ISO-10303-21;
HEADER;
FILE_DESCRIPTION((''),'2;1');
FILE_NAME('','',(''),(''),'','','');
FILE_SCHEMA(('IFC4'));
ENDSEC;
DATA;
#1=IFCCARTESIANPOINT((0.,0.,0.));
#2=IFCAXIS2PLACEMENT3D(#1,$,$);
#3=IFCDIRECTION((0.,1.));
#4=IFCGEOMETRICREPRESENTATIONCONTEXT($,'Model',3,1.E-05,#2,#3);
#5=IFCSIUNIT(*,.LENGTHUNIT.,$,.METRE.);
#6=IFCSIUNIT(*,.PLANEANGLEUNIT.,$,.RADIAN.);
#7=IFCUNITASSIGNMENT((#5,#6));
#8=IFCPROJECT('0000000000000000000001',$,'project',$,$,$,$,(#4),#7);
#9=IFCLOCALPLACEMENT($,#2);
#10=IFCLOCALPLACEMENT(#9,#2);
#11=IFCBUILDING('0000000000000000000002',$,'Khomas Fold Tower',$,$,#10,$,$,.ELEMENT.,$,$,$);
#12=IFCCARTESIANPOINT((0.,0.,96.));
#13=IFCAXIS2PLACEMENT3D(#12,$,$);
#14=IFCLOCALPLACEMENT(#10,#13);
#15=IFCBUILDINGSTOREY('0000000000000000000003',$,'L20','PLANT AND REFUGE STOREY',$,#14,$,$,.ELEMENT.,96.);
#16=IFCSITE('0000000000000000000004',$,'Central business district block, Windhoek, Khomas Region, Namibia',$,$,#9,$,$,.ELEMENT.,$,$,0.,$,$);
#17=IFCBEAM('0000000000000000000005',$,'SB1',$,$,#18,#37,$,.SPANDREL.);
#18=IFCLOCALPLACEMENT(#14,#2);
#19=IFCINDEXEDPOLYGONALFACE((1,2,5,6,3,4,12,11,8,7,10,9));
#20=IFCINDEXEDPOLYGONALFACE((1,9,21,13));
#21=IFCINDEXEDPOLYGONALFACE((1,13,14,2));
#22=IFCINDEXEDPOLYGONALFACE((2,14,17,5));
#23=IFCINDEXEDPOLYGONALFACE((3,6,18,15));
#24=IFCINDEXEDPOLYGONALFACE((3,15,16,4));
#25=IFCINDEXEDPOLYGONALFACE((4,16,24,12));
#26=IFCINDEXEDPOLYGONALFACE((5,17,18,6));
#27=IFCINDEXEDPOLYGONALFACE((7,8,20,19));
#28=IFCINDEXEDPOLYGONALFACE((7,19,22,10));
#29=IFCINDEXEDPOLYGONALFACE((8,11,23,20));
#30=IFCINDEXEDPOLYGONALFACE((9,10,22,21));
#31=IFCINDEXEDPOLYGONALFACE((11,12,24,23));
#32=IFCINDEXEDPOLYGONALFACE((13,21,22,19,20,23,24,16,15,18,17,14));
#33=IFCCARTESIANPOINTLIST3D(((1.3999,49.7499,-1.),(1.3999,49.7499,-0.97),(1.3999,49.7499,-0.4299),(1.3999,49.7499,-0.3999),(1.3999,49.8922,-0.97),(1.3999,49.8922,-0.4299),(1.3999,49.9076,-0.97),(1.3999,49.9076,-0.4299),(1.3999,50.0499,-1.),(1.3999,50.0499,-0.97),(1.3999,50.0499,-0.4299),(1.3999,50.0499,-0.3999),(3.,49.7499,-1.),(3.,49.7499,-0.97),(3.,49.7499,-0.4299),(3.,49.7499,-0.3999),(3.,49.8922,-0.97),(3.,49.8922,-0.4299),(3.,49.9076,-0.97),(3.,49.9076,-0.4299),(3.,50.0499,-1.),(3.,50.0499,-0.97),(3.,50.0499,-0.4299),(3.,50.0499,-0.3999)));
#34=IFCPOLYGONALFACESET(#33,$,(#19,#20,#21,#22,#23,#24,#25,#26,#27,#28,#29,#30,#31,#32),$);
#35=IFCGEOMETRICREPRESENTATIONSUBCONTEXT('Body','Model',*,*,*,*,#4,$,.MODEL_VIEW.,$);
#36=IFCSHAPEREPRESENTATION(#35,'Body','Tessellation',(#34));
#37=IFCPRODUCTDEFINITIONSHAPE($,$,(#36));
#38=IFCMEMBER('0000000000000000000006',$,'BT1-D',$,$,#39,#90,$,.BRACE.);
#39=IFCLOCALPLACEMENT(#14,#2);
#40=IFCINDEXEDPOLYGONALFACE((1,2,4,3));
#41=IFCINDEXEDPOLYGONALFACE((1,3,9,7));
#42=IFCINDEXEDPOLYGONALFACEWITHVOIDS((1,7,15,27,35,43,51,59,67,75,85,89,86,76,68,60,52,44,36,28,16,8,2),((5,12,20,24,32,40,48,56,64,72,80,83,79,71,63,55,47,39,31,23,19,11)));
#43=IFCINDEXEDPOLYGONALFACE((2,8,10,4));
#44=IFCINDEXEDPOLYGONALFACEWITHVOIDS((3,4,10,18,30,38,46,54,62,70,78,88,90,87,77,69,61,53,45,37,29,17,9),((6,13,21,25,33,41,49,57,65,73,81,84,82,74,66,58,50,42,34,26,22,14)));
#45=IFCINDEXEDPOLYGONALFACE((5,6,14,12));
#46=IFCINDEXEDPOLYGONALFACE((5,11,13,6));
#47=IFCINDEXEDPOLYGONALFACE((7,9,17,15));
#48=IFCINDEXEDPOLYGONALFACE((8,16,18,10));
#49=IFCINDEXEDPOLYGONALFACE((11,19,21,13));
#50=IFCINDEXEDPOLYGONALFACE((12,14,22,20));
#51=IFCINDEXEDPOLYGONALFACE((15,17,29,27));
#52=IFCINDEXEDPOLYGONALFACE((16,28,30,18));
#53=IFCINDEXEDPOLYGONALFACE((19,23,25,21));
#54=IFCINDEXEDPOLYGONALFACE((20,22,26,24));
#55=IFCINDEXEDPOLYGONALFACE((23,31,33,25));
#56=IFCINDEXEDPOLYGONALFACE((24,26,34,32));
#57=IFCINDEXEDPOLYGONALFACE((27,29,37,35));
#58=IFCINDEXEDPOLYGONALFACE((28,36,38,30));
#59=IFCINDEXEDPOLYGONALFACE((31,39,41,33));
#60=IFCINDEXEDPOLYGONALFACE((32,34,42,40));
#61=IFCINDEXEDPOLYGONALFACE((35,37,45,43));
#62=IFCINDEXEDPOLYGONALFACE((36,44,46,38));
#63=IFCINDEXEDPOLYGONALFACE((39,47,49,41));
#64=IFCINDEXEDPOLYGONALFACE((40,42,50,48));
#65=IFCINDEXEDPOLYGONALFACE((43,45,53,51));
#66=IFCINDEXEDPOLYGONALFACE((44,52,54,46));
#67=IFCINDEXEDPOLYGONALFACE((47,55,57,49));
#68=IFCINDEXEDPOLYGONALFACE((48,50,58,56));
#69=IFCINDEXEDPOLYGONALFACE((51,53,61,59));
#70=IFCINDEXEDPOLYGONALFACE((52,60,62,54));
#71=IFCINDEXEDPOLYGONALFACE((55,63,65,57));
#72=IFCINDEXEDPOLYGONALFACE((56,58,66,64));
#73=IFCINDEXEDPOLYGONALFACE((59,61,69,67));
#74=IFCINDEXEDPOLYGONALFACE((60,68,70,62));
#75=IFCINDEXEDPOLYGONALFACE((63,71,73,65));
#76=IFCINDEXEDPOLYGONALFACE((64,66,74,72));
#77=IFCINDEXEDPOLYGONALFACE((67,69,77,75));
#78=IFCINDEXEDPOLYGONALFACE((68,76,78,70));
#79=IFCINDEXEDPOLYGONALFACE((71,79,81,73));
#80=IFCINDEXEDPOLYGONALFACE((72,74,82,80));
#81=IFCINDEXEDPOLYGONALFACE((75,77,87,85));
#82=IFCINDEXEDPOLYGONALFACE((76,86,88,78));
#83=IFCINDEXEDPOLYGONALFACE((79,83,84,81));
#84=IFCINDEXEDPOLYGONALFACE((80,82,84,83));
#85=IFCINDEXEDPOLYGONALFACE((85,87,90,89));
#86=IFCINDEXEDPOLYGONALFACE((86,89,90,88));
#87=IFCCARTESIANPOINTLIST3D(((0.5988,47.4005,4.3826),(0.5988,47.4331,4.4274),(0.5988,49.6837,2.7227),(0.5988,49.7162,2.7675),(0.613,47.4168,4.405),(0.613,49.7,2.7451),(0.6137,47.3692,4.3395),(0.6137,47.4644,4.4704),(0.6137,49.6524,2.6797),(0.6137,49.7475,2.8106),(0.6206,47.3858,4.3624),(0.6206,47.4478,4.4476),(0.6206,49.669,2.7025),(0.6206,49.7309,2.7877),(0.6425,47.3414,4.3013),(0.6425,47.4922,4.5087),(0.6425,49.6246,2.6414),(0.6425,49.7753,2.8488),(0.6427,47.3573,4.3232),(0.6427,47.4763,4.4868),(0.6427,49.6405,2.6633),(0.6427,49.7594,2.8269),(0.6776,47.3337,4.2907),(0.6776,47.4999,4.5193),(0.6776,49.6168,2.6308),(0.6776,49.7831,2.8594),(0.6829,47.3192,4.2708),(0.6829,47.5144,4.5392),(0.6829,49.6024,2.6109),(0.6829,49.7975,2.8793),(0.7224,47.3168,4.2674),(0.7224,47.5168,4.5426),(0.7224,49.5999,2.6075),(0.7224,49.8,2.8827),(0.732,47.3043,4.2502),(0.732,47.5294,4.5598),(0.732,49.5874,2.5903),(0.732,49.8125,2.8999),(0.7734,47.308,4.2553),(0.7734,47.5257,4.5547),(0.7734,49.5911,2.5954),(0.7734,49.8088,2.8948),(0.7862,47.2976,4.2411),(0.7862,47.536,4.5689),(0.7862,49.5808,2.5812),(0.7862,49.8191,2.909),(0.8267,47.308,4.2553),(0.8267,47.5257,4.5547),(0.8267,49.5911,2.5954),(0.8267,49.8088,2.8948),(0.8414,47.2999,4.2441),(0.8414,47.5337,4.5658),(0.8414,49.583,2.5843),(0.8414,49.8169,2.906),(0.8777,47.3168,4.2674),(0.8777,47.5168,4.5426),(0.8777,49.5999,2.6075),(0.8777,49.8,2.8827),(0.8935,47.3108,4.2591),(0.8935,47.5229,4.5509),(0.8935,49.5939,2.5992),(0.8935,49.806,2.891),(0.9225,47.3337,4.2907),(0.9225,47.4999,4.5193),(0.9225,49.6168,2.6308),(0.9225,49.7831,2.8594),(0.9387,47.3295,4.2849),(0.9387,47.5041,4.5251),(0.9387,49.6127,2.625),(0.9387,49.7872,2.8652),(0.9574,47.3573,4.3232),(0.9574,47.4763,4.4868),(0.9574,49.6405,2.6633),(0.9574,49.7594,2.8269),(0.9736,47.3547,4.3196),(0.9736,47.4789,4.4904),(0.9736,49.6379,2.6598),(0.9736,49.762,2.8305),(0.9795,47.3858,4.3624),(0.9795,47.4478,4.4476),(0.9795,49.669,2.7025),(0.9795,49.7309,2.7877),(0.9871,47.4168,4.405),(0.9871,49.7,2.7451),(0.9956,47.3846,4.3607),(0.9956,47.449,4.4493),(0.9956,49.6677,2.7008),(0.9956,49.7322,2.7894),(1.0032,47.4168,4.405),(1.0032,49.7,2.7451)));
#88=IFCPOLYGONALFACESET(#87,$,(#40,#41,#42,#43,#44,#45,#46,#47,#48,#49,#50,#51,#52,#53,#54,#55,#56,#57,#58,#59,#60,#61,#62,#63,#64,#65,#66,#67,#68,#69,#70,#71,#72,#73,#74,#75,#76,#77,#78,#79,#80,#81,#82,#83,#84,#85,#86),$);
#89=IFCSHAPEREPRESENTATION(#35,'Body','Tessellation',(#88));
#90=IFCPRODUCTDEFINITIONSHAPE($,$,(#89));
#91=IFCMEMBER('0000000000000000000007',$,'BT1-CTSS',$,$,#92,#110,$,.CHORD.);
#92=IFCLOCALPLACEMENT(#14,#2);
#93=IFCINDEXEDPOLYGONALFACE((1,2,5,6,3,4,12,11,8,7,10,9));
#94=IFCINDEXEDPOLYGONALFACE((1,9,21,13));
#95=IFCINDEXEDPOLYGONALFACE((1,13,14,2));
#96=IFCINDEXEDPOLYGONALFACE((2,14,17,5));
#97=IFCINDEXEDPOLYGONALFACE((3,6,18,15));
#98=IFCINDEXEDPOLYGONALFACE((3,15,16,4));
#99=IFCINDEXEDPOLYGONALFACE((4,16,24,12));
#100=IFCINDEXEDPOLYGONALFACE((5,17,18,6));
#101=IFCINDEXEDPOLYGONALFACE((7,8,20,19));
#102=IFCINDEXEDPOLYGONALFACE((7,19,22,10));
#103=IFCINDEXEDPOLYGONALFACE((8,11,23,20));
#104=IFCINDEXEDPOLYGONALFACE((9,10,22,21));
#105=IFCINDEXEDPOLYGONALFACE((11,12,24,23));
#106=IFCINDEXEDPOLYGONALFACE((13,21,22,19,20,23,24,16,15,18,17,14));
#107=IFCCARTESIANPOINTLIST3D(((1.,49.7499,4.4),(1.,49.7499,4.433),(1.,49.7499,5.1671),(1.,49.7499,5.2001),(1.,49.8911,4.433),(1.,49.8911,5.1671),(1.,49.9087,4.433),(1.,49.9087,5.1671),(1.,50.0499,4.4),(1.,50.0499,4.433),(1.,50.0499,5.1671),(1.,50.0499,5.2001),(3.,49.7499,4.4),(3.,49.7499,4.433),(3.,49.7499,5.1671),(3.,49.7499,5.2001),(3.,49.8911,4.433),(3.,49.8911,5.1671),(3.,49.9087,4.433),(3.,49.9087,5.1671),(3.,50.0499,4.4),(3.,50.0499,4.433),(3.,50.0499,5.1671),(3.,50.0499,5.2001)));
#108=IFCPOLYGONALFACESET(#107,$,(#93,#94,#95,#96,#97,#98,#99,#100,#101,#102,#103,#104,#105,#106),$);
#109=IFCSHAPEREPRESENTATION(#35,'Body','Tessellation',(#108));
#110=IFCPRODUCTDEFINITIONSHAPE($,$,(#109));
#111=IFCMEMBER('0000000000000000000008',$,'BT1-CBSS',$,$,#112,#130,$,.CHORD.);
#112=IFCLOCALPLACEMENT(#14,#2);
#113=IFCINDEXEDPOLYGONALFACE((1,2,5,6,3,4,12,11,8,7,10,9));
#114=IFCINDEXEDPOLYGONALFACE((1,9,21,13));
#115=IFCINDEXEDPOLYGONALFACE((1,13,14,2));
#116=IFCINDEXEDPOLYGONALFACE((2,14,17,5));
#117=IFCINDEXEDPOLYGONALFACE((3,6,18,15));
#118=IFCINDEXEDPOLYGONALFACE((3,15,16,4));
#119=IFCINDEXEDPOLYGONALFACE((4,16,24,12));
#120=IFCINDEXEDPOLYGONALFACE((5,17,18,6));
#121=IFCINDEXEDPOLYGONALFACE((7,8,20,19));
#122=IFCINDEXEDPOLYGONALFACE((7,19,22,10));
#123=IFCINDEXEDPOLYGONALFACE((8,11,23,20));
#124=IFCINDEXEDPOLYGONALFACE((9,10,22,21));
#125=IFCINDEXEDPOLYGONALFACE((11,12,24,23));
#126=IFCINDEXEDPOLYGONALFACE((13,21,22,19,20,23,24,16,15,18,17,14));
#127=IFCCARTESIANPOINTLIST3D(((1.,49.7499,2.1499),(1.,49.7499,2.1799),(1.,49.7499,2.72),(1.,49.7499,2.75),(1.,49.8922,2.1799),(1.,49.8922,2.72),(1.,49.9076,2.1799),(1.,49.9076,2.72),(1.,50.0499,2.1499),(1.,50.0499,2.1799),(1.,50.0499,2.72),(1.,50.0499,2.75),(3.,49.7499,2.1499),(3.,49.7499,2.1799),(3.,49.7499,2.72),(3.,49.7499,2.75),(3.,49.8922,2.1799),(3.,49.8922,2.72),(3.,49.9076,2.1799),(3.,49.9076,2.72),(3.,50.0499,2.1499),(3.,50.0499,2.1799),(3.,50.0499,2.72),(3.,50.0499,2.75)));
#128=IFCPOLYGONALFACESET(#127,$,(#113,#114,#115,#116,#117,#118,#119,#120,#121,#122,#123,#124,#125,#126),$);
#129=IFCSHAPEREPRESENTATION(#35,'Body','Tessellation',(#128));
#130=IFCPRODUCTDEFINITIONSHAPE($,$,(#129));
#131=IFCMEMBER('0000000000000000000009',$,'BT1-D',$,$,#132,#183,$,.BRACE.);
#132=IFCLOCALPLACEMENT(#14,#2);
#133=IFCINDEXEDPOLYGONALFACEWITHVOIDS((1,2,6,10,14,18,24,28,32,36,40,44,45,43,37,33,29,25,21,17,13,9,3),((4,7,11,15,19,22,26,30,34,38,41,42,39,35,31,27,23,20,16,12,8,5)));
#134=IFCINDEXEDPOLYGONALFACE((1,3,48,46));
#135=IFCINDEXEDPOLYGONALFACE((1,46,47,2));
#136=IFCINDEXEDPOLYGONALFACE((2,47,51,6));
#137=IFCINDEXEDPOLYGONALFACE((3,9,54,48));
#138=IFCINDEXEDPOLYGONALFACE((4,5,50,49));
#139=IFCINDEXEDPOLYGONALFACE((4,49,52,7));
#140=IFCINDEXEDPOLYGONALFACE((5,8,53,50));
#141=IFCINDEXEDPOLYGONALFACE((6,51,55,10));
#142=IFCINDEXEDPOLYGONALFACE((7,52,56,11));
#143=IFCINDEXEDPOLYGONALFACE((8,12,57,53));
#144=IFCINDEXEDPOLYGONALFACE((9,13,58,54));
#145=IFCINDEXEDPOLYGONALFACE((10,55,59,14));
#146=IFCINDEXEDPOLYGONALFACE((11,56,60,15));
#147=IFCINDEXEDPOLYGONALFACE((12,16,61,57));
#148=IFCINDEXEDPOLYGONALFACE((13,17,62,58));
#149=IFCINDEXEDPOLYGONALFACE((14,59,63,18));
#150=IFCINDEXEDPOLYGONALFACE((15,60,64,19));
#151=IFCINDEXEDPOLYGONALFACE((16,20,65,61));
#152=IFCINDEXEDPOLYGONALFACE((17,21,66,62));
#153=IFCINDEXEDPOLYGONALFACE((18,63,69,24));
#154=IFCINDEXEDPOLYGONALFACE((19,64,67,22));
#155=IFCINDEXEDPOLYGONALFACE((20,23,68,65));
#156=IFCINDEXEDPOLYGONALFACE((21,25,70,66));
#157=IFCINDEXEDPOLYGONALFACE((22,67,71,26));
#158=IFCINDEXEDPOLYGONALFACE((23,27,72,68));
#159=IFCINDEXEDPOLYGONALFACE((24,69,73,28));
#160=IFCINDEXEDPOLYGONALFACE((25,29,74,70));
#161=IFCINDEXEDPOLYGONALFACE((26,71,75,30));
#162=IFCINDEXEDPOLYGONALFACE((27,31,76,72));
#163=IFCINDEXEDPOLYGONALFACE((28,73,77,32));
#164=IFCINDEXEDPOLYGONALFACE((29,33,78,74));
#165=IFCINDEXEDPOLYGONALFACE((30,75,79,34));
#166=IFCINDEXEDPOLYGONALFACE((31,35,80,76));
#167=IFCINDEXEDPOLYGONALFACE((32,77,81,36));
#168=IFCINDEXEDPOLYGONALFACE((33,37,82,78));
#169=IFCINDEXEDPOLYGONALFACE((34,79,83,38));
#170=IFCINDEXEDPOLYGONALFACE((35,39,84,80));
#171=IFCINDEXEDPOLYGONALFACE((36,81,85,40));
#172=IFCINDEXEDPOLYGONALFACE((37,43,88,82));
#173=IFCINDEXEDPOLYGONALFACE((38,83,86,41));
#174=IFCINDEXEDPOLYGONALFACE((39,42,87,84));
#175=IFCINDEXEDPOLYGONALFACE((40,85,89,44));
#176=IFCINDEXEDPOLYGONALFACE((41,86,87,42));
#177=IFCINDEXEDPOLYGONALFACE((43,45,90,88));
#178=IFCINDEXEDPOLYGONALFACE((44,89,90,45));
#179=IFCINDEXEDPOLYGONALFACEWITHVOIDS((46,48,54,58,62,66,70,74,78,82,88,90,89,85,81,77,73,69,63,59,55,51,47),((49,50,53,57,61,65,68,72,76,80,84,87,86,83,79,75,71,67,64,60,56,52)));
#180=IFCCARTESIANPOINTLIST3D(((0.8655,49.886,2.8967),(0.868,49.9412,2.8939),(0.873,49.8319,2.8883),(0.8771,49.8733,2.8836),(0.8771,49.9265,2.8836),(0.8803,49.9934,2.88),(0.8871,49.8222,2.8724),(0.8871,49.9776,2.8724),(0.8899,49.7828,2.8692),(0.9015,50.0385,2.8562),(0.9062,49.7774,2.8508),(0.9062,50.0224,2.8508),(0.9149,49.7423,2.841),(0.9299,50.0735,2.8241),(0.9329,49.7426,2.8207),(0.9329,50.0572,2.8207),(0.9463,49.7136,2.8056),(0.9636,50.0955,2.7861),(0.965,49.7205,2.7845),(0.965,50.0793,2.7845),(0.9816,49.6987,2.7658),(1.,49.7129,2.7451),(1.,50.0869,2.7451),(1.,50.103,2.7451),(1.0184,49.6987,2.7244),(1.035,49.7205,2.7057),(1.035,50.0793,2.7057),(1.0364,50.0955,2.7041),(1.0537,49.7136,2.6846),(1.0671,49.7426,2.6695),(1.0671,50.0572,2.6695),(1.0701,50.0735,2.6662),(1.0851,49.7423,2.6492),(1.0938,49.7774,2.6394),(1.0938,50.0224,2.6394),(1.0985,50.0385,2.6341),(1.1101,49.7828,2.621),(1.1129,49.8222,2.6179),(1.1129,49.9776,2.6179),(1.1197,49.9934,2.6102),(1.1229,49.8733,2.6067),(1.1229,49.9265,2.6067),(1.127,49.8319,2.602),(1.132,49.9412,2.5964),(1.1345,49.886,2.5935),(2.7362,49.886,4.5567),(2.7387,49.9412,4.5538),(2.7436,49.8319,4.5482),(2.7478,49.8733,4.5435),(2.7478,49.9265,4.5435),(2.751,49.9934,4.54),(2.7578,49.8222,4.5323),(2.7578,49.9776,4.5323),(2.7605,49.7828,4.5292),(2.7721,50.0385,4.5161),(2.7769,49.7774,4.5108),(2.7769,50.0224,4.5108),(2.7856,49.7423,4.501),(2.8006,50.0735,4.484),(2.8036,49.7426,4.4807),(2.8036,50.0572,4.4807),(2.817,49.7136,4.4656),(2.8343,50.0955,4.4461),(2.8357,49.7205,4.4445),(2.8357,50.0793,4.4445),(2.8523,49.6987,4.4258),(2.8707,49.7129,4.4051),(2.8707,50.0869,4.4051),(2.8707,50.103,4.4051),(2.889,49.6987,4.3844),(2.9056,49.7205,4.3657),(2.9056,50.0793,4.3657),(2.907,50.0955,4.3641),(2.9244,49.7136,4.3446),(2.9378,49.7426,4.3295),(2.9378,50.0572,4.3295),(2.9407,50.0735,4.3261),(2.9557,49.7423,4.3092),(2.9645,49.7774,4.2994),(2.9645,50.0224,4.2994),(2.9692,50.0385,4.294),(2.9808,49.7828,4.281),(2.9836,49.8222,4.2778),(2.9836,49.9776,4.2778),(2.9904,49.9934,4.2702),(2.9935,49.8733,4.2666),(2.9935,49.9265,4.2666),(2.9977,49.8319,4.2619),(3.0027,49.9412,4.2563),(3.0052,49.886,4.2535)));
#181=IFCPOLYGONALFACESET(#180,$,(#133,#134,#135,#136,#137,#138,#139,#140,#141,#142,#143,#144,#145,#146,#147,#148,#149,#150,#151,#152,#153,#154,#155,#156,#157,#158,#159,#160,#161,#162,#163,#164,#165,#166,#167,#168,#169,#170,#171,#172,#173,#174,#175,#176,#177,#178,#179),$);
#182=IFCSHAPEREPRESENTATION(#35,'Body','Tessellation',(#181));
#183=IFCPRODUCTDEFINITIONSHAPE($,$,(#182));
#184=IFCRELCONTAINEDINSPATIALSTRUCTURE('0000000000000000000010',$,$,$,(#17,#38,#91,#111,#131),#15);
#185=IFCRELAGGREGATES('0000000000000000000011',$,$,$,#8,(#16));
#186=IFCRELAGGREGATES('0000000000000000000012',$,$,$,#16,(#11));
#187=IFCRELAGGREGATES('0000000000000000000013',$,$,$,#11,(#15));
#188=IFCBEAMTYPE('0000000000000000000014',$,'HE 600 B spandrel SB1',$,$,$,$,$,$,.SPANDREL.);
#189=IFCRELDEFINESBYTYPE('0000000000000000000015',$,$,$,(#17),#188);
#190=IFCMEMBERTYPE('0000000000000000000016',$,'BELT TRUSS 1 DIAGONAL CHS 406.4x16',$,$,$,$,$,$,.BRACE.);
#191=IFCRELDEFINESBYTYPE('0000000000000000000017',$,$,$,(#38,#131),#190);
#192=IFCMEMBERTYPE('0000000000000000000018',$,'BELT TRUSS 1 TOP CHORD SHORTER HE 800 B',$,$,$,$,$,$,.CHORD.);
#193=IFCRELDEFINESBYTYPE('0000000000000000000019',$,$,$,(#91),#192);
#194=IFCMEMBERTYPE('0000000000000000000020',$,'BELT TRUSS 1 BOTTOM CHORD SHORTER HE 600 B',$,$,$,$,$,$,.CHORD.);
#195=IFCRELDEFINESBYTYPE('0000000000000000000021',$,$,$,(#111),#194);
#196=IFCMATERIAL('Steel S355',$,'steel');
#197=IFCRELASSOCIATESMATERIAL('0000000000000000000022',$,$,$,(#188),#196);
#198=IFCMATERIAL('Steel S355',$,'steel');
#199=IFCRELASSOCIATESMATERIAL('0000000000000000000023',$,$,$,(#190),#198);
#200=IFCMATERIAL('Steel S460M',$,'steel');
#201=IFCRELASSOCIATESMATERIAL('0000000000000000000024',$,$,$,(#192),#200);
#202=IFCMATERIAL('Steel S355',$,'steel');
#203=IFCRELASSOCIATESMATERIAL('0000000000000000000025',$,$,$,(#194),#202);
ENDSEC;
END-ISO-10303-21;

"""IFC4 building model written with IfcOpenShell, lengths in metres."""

from ifc_helpers import new_model, si_unit, direction, frame, origin, origin_2d, place, context, subcontext, project, spatial, hollow_circle, i_section, extrude, source, transform, mapped, material, material_profile, profile_set, type_object, element, save


model = new_model("IFC4")

# Units and contexts
model_context = context("Model", 3, precision=1e-05, world=origin(), true_north=direction((0.0, 1.0)))
body_context = subcontext(model_context, "Body", "Model", "MODEL_VIEW")
ifc_project = project(units=[si_unit("LENGTHUNIT", "METRE"), si_unit("PLANEANGLEUNIT", "RADIAN")], contexts=[model_context])

# Site, building, storey
site_placement = place(None, origin())
site = spatial("IfcSite", under=ifc_project, at=site_placement, Name="Central business district block, Windhoek, Khomas Region, Namibia", CompositionType="ELEMENT", RefElevation=0.0)
building_placement = place(site_placement, origin())
building = spatial("IfcBuilding", under=site, at=building_placement, Name="Khomas Fold Tower", CompositionType="ELEMENT")
storey_placement = place(building_placement, frame((0.0, 0.0, 96.0)))
storey = spatial("IfcBuildingStorey", under=building, at=storey_placement, Name="L20", Description="PLANT AND REFUGE STOREY", CompositionType="ELEMENT", Elevation=96.0)

# Beam
ifc_material_1 = material(Name="Steel S355", Category="steel")
ifc_material_profile_1 = material_profile(ifc_material_1, i_section(OverallWidth=0.3, OverallDepth=0.6001, WebThickness=0.0154, FlangeThickness=0.03, at=origin_2d()), Name="HE 600 B")
ifc_profile_set_1 = profile_set([ifc_material_profile_1], Name="Steel S355")
beam_type = type_object("IfcBeamType", Name="HE 600 B spandrel SB1", PredefinedType="SPANDREL", material=ifc_profile_set_1)
shared_shape_1 = source(origin(), body_context, "Body", "SweptSolid", [
    extrude(i_section(OverallWidth=0.3, OverallDepth=0.6001, WebThickness=0.0154, FlangeThickness=0.03, at=origin_2d()), origin(), (0.0, 0.0, 1.0), 1.6001),
])
beam_placement = place(storey_placement, frame((1.3999, 49.8999, -0.7), z_axis=(1.0, 0.0, 0.0), x_axis=(0.0, 1.0, 0.0)))
element("IfcBeam", 1, at=beam_placement, inside=storey, type_object=beam_type, Name="SB1", PredefinedType="SPANDREL", context=body_context, shape_type="MappedRepresentation", body=[
    mapped(shared_shape_1, transform((0.0, 0.0, 0.0))),
])

# Members
ifc_material_2 = material(Name="Steel S355", Category="steel")
ifc_material_profile_2 = material_profile(ifc_material_2, hollow_circle(Radius=0.2031, WallThickness=0.0161, at=origin_2d()), Name="CHS 406.4x16")
ifc_profile_set_2 = profile_set([ifc_material_profile_2], Name="Steel S355")
member_type_1 = type_object("IfcMemberType", Name="BELT TRUSS 1 DIAGONAL CHS 406.4x16", PredefinedType="BRACE", material=ifc_profile_set_2)
shared_shape_2 = source(origin(), body_context, "Body", "SweptSolid", [
    extrude(hollow_circle(Radius=0.2031, WallThickness=0.0161, at=origin_2d()), origin(), (0.0, 0.0, 1.0), 2.8228),
])
member_1_placement = place(storey_placement, frame((0.8, 49.7, 2.7451), z_axis=(0.0, -0.808837, 0.588033), x_axis=(1.0, 0.0, 0.0)))
element("IfcMember", 2, at=member_1_placement, inside=storey, type_object=member_type_1, Name="BT1-D", PredefinedType="BRACE", context=body_context, shape_type="MappedRepresentation", body=[
    mapped(shared_shape_2, transform((0.0, 0.0, 0.0))),
])
ifc_material_3 = material(Name="Steel S460M", Category="steel")
ifc_material_profile_3 = material_profile(ifc_material_3, i_section(OverallWidth=0.3, OverallDepth=0.8, WebThickness=0.0176, FlangeThickness=0.033, at=origin_2d()), Name="HE 800 B")
ifc_profile_set_3 = profile_set([ifc_material_profile_3], Name="Steel S460M")
member_type_2 = type_object("IfcMemberType", Name="BELT TRUSS 1 TOP CHORD SHORTER HE 800 B", PredefinedType="CHORD", material=ifc_profile_set_3)
shared_shape_3 = source(origin(), body_context, "Body", "SweptSolid", [
    extrude(i_section(OverallWidth=0.3, OverallDepth=0.8, WebThickness=0.0176, FlangeThickness=0.033, at=origin_2d()), origin(), (0.0, 0.0, 1.0), 2.0),
])
member_2_placement = place(storey_placement, frame((1.0, 49.8999, 4.8), z_axis=(1.0, 0.0, 0.0), x_axis=(0.0, 1.0, 0.0)))
element("IfcMember", 3, at=member_2_placement, inside=storey, type_object=member_type_2, Name="BT1-CTSS", PredefinedType="CHORD", context=body_context, shape_type="MappedRepresentation", body=[
    mapped(shared_shape_3, transform((0.0, 0.0, 0.0))),
])
ifc_material_4 = material(Name="Steel S355", Category="steel")
ifc_material_profile_4 = material_profile(ifc_material_4, i_section(OverallWidth=0.3, OverallDepth=0.6001, WebThickness=0.0154, FlangeThickness=0.03, at=origin_2d()), Name="HE 600 B")
ifc_profile_set_4 = profile_set([ifc_material_profile_4], Name="Steel S355")
member_type_3 = type_object("IfcMemberType", Name="BELT TRUSS 1 BOTTOM CHORD SHORTER HE 600 B", PredefinedType="CHORD", material=ifc_profile_set_4)
shared_shape_4 = source(origin(), body_context, "Body", "SweptSolid", [
    extrude(i_section(OverallWidth=0.3, OverallDepth=0.6001, WebThickness=0.0154, FlangeThickness=0.03, at=origin_2d()), origin(), (0.0, 0.0, 1.0), 2.0),
])
member_3_placement = place(storey_placement, frame((1.0, 49.8999, 2.45), z_axis=(1.0, 0.0, 0.0), x_axis=(0.0, 1.0, 0.0)))
element("IfcMember", 4, at=member_3_placement, inside=storey, type_object=member_type_3, Name="BT1-CBSS", PredefinedType="CHORD", context=body_context, shape_type="MappedRepresentation", body=[
    mapped(shared_shape_4, transform((0.0, 0.0, 0.0))),
])
shared_shape_5 = source(origin(), body_context, "Body", "SweptSolid", [
    extrude(hollow_circle(Radius=0.2031, WallThickness=0.0161, at=origin_2d()), origin(), (0.0, 0.0, 1.0), 2.501),
])
member_4_placement = place(storey_placement, frame((1.0, 49.8999, 2.7451), z_axis=(0.747975, 0.0, 0.663727), x_axis=(0.0, 1.0, 0.0)))
element("IfcMember", 5, at=member_4_placement, inside=storey, type_object=member_type_1, Name="BT1-D", PredefinedType="BRACE", context=body_context, shape_type="MappedRepresentation", body=[
    mapped(shared_shape_5, transform((0.0, 0.0, 0.0))),
])

save(model, "model.ifc")
